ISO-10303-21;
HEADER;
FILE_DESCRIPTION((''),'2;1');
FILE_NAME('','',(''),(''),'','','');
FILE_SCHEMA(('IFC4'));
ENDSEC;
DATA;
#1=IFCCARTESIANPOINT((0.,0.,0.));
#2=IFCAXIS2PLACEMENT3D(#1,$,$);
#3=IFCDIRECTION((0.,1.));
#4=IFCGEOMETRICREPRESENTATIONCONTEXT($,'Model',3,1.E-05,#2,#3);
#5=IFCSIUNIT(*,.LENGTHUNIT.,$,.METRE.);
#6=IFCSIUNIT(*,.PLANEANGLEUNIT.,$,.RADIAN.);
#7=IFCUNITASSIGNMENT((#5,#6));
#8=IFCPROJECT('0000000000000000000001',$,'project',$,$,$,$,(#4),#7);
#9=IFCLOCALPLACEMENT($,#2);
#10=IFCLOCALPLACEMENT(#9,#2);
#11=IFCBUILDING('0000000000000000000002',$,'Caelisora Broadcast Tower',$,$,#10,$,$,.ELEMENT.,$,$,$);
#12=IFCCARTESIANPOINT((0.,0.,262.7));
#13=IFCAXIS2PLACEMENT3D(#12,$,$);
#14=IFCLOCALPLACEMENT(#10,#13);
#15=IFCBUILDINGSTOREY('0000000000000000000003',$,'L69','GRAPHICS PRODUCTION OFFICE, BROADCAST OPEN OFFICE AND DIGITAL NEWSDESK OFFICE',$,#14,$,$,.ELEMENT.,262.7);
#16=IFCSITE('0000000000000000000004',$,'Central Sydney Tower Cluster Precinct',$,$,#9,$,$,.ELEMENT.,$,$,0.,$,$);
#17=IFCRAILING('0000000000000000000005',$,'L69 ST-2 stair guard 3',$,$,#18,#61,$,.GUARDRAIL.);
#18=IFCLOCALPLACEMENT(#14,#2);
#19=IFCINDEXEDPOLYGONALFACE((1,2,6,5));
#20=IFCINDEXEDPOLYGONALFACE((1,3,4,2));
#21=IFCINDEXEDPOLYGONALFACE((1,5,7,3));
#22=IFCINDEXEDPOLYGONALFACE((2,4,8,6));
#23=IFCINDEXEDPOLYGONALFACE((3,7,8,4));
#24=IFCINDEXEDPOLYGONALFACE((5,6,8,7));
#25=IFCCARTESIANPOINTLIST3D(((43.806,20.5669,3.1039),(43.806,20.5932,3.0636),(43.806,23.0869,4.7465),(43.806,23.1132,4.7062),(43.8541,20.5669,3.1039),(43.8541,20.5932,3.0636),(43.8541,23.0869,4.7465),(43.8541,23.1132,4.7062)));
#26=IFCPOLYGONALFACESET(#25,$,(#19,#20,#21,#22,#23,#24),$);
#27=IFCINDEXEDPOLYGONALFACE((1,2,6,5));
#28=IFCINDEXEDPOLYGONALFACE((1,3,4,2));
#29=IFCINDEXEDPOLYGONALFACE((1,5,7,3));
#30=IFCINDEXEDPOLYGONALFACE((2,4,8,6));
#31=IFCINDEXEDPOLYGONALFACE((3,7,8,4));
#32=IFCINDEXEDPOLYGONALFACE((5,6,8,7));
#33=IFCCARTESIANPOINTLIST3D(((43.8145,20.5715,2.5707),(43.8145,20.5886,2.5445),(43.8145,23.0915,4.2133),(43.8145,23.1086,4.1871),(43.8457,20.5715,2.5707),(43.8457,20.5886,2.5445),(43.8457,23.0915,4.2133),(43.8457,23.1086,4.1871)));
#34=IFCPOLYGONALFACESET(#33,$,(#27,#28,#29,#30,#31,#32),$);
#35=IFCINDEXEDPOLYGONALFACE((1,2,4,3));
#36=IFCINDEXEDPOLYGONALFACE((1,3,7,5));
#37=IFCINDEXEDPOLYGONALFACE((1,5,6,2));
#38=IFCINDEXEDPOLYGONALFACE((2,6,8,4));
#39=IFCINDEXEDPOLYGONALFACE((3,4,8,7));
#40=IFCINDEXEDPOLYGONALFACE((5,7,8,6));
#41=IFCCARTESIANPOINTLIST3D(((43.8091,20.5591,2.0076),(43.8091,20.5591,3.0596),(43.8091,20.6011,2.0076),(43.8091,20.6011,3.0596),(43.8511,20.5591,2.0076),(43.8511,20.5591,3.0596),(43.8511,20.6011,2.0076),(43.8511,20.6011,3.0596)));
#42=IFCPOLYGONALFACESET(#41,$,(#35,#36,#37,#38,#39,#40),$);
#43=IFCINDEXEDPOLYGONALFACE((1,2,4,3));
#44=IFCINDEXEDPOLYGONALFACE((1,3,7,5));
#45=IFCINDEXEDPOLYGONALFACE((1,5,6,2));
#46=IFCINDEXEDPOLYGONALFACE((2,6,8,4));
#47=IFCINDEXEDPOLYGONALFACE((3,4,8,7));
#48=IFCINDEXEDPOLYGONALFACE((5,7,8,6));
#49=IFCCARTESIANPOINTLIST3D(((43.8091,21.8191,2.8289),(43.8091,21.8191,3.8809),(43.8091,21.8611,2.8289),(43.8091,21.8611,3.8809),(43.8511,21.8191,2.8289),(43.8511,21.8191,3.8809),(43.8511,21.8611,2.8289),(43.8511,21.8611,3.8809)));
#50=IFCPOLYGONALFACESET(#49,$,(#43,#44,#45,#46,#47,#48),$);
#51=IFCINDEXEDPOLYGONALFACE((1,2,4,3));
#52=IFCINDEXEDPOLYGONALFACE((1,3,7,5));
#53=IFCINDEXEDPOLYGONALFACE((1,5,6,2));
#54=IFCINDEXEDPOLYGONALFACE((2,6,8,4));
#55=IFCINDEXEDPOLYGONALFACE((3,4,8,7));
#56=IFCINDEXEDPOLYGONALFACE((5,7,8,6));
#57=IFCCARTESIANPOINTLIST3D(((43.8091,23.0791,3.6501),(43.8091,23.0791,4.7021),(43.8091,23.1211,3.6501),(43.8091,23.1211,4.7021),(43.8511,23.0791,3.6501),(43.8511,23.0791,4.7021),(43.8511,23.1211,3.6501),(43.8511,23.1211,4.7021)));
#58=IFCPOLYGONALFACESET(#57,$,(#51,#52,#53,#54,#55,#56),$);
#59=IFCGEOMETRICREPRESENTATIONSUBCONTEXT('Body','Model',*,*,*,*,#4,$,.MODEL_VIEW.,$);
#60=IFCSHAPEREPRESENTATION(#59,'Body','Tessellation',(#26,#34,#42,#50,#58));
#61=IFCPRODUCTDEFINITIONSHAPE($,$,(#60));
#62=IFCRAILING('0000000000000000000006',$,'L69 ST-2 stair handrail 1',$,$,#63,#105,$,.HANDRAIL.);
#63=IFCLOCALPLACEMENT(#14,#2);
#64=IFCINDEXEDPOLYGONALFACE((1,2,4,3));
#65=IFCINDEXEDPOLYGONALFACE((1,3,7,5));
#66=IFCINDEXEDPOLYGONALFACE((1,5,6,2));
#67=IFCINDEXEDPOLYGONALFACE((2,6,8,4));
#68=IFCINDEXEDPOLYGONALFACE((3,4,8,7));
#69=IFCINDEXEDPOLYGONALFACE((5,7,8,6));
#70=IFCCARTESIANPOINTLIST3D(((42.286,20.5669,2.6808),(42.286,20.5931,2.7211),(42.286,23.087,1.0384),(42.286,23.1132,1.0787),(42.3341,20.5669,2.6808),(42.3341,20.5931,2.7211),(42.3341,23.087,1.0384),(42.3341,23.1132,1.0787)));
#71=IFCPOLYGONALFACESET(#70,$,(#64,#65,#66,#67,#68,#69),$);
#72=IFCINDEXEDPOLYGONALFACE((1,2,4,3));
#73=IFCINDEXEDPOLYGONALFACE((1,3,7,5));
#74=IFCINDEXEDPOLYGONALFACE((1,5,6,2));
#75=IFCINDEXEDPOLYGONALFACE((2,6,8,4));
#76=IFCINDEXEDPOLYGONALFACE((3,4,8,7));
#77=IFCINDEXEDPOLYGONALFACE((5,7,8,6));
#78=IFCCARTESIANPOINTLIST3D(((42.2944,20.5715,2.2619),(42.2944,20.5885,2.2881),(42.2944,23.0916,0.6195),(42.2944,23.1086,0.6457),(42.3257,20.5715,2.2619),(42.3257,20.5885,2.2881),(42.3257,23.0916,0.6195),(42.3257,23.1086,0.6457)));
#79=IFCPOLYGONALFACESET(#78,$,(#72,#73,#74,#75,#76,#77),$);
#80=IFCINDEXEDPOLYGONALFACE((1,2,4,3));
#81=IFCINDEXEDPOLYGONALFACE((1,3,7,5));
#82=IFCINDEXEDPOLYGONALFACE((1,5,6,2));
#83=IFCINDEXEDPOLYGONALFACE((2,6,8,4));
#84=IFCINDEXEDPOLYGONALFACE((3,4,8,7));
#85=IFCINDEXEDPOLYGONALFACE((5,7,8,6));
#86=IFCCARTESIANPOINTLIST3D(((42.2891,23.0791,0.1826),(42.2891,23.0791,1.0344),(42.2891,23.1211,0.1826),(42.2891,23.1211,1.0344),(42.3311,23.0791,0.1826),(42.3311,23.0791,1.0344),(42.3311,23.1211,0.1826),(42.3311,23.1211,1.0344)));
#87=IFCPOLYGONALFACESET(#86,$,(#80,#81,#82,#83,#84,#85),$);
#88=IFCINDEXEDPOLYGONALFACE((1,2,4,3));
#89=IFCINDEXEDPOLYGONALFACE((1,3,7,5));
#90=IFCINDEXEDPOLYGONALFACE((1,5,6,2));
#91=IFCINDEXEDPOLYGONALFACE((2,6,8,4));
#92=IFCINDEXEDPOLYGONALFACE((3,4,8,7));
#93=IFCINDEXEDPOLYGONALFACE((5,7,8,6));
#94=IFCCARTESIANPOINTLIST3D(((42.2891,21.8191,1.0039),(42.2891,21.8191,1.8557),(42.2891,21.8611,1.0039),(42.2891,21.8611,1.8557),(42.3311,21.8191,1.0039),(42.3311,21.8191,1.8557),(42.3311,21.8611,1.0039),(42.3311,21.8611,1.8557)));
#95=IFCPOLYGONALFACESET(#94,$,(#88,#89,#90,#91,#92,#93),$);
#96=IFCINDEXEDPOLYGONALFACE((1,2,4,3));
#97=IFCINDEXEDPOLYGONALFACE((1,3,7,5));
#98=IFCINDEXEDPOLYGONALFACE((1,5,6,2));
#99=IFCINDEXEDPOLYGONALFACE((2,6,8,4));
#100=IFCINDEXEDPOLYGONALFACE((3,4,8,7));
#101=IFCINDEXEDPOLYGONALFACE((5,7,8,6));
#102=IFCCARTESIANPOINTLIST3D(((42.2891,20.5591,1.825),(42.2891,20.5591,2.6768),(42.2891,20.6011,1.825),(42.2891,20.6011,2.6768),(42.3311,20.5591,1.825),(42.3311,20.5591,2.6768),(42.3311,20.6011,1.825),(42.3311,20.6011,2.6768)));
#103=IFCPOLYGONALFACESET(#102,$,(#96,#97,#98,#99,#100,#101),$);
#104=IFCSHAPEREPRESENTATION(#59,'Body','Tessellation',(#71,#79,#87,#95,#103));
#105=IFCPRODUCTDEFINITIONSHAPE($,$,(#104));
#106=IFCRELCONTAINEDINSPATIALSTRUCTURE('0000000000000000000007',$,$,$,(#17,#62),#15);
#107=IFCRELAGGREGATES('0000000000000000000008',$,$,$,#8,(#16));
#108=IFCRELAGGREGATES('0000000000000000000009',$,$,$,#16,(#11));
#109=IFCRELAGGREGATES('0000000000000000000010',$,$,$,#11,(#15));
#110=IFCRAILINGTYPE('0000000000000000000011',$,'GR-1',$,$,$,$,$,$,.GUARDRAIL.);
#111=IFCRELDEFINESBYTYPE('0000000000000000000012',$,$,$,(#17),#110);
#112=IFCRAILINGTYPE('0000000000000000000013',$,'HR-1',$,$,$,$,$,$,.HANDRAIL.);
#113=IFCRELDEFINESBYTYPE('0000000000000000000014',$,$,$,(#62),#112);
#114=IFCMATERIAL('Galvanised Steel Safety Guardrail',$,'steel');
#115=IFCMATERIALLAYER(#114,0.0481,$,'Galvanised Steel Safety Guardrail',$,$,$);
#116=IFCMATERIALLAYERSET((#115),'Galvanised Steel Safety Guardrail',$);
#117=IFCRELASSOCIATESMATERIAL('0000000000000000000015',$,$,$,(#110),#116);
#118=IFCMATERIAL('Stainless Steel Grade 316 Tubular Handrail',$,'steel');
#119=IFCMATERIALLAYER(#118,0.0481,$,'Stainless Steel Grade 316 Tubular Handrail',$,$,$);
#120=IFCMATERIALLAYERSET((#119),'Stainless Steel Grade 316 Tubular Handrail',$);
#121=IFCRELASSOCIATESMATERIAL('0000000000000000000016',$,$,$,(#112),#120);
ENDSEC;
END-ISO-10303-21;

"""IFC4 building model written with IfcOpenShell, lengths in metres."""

from ifc_helpers import new_model, si_unit, direction, frame, origin, origin_2d, place, context, subcontext, project, spatial, rectangle, extrude, material, layer, layer_set, type_object, element, save


model = new_model("IFC4")

# Units and contexts
model_context = context("Model", 3, precision=1e-05, world=origin(), true_north=direction((0.0, 1.0)))
body_context = subcontext(model_context, "Body", "Model", "MODEL_VIEW")
ifc_project = project(units=[si_unit("LENGTHUNIT", "METRE"), si_unit("PLANEANGLEUNIT", "RADIAN")], contexts=[model_context])

# Site, building, storey
site_placement = place(None, origin())
site = spatial("IfcSite", under=ifc_project, at=site_placement, Name="Central Sydney Tower Cluster Precinct", CompositionType="ELEMENT", RefElevation=0.0)
building_placement = place(site_placement, origin())
building = spatial("IfcBuilding", under=site, at=building_placement, Name="Caelisora Broadcast Tower", CompositionType="ELEMENT")
storey_placement = place(building_placement, frame((0.0, 0.0, 262.7)))
storey = spatial("IfcBuildingStorey", under=building, at=storey_placement, Name="L69", Description="GRAPHICS PRODUCTION OFFICE, BROADCAST OPEN OFFICE AND DIGITAL NEWSDESK OFFICE", CompositionType="ELEMENT", Elevation=262.7)

# Railings
ifc_material_1 = material(Name="Galvanised Steel Safety Guardrail", Category="steel")
ifc_layer_1 = layer(ifc_material_1, 0.0481, Name="Galvanised Steel Safety Guardrail")
ifc_layer_set_1 = layer_set([ifc_layer_1], Name="Galvanised Steel Safety Guardrail")
railing_type_1 = type_object("IfcRailingType", Name="GR-1", PredefinedType="GUARDRAIL", material=ifc_layer_set_1)
railing_1_placement = place(storey_placement, frame((43.8301, 20.5801, 2.0076)))
element("IfcRailing", 1, at=railing_1_placement, inside=storey, type_object=railing_type_1, Name="L69 ST-2 stair guard 3", PredefinedType="GUARDRAIL", context=body_context, shape_type="SweptSolid", body=[
    extrude(rectangle(XDim=0.0481, YDim=0.0481, at=origin_2d()), frame((0.0, 0.0, 1.0762), z_axis=(0.0, 0.837749, 0.546055), x_axis=(-1.0, 0.0, 0.0)), (0.0, 0.0, 1.0), 3.0081),
    extrude(rectangle(XDim=0.0312, YDim=0.0312, at=origin_2d()), frame((0.0, 0.0, 0.55), z_axis=(0.0, 0.837749, 0.546055), x_axis=(-1.0, 0.0, 0.0)), (0.0, 0.0, 1.0), 3.0081),
    extrude(rectangle(XDim=0.042, YDim=0.042, at=origin_2d()), origin(), (0.0, 0.0, 1.0), 1.052),
    extrude(rectangle(XDim=0.042, YDim=0.042, at=origin_2d()), frame((0.0, 1.26, 0.8213)), (0.0, 0.0, 1.0), 1.052),
    extrude(rectangle(XDim=0.042, YDim=0.042, at=origin_2d()), frame((0.0, 2.52, 1.6426)), (0.0, 0.0, 1.0), 1.052),
])
ifc_material_2 = material(Name="Stainless Steel Grade 316 Tubular Handrail", Category="steel")
ifc_layer_2 = layer(ifc_material_2, 0.0481, Name="Stainless Steel Grade 316 Tubular Handrail")
ifc_layer_set_2 = layer_set([ifc_layer_2], Name="Stainless Steel Grade 316 Tubular Handrail")
railing_type_2 = type_object("IfcRailingType", Name="HR-1", PredefinedType="HANDRAIL", material=ifc_layer_set_2)
railing_2_placement = place(storey_placement, frame((42.3101, 23.1001, 0.1826)))
element("IfcRailing", 2, at=railing_2_placement, inside=storey, type_object=railing_type_2, Name="L69 ST-2 stair handrail 1", PredefinedType="HANDRAIL", context=body_context, shape_type="SweptSolid", body=[
    extrude(rectangle(XDim=0.0481, YDim=0.0481, at=origin_2d()), frame((0.0, 0.0, 0.876), z_axis=(0.0, -0.837787, 0.545998), x_axis=(1.0, 0.0, 0.0)), (0.0, 0.0, 1.0), 3.0081),
    extrude(rectangle(XDim=0.0312, YDim=0.0312, at=origin_2d()), frame((0.0, 0.0, 0.45), z_axis=(0.0, -0.837787, 0.545998), x_axis=(1.0, 0.0, 0.0)), (0.0, 0.0, 1.0), 3.0081),
    extrude(rectangle(XDim=0.042, YDim=0.042, at=origin_2d()), origin(), (0.0, 0.0, 1.0), 0.8518),
    extrude(rectangle(XDim=0.042, YDim=0.042, at=origin_2d()), frame((0.0, -1.26, 0.8213)), (0.0, 0.0, 1.0), 0.8518),
    extrude(rectangle(XDim=0.042, YDim=0.042, at=origin_2d()), frame((0.0, -2.52, 1.6423)), (0.0, 0.0, 1.0), 0.8518),
])

save(model, "model.ifc")
